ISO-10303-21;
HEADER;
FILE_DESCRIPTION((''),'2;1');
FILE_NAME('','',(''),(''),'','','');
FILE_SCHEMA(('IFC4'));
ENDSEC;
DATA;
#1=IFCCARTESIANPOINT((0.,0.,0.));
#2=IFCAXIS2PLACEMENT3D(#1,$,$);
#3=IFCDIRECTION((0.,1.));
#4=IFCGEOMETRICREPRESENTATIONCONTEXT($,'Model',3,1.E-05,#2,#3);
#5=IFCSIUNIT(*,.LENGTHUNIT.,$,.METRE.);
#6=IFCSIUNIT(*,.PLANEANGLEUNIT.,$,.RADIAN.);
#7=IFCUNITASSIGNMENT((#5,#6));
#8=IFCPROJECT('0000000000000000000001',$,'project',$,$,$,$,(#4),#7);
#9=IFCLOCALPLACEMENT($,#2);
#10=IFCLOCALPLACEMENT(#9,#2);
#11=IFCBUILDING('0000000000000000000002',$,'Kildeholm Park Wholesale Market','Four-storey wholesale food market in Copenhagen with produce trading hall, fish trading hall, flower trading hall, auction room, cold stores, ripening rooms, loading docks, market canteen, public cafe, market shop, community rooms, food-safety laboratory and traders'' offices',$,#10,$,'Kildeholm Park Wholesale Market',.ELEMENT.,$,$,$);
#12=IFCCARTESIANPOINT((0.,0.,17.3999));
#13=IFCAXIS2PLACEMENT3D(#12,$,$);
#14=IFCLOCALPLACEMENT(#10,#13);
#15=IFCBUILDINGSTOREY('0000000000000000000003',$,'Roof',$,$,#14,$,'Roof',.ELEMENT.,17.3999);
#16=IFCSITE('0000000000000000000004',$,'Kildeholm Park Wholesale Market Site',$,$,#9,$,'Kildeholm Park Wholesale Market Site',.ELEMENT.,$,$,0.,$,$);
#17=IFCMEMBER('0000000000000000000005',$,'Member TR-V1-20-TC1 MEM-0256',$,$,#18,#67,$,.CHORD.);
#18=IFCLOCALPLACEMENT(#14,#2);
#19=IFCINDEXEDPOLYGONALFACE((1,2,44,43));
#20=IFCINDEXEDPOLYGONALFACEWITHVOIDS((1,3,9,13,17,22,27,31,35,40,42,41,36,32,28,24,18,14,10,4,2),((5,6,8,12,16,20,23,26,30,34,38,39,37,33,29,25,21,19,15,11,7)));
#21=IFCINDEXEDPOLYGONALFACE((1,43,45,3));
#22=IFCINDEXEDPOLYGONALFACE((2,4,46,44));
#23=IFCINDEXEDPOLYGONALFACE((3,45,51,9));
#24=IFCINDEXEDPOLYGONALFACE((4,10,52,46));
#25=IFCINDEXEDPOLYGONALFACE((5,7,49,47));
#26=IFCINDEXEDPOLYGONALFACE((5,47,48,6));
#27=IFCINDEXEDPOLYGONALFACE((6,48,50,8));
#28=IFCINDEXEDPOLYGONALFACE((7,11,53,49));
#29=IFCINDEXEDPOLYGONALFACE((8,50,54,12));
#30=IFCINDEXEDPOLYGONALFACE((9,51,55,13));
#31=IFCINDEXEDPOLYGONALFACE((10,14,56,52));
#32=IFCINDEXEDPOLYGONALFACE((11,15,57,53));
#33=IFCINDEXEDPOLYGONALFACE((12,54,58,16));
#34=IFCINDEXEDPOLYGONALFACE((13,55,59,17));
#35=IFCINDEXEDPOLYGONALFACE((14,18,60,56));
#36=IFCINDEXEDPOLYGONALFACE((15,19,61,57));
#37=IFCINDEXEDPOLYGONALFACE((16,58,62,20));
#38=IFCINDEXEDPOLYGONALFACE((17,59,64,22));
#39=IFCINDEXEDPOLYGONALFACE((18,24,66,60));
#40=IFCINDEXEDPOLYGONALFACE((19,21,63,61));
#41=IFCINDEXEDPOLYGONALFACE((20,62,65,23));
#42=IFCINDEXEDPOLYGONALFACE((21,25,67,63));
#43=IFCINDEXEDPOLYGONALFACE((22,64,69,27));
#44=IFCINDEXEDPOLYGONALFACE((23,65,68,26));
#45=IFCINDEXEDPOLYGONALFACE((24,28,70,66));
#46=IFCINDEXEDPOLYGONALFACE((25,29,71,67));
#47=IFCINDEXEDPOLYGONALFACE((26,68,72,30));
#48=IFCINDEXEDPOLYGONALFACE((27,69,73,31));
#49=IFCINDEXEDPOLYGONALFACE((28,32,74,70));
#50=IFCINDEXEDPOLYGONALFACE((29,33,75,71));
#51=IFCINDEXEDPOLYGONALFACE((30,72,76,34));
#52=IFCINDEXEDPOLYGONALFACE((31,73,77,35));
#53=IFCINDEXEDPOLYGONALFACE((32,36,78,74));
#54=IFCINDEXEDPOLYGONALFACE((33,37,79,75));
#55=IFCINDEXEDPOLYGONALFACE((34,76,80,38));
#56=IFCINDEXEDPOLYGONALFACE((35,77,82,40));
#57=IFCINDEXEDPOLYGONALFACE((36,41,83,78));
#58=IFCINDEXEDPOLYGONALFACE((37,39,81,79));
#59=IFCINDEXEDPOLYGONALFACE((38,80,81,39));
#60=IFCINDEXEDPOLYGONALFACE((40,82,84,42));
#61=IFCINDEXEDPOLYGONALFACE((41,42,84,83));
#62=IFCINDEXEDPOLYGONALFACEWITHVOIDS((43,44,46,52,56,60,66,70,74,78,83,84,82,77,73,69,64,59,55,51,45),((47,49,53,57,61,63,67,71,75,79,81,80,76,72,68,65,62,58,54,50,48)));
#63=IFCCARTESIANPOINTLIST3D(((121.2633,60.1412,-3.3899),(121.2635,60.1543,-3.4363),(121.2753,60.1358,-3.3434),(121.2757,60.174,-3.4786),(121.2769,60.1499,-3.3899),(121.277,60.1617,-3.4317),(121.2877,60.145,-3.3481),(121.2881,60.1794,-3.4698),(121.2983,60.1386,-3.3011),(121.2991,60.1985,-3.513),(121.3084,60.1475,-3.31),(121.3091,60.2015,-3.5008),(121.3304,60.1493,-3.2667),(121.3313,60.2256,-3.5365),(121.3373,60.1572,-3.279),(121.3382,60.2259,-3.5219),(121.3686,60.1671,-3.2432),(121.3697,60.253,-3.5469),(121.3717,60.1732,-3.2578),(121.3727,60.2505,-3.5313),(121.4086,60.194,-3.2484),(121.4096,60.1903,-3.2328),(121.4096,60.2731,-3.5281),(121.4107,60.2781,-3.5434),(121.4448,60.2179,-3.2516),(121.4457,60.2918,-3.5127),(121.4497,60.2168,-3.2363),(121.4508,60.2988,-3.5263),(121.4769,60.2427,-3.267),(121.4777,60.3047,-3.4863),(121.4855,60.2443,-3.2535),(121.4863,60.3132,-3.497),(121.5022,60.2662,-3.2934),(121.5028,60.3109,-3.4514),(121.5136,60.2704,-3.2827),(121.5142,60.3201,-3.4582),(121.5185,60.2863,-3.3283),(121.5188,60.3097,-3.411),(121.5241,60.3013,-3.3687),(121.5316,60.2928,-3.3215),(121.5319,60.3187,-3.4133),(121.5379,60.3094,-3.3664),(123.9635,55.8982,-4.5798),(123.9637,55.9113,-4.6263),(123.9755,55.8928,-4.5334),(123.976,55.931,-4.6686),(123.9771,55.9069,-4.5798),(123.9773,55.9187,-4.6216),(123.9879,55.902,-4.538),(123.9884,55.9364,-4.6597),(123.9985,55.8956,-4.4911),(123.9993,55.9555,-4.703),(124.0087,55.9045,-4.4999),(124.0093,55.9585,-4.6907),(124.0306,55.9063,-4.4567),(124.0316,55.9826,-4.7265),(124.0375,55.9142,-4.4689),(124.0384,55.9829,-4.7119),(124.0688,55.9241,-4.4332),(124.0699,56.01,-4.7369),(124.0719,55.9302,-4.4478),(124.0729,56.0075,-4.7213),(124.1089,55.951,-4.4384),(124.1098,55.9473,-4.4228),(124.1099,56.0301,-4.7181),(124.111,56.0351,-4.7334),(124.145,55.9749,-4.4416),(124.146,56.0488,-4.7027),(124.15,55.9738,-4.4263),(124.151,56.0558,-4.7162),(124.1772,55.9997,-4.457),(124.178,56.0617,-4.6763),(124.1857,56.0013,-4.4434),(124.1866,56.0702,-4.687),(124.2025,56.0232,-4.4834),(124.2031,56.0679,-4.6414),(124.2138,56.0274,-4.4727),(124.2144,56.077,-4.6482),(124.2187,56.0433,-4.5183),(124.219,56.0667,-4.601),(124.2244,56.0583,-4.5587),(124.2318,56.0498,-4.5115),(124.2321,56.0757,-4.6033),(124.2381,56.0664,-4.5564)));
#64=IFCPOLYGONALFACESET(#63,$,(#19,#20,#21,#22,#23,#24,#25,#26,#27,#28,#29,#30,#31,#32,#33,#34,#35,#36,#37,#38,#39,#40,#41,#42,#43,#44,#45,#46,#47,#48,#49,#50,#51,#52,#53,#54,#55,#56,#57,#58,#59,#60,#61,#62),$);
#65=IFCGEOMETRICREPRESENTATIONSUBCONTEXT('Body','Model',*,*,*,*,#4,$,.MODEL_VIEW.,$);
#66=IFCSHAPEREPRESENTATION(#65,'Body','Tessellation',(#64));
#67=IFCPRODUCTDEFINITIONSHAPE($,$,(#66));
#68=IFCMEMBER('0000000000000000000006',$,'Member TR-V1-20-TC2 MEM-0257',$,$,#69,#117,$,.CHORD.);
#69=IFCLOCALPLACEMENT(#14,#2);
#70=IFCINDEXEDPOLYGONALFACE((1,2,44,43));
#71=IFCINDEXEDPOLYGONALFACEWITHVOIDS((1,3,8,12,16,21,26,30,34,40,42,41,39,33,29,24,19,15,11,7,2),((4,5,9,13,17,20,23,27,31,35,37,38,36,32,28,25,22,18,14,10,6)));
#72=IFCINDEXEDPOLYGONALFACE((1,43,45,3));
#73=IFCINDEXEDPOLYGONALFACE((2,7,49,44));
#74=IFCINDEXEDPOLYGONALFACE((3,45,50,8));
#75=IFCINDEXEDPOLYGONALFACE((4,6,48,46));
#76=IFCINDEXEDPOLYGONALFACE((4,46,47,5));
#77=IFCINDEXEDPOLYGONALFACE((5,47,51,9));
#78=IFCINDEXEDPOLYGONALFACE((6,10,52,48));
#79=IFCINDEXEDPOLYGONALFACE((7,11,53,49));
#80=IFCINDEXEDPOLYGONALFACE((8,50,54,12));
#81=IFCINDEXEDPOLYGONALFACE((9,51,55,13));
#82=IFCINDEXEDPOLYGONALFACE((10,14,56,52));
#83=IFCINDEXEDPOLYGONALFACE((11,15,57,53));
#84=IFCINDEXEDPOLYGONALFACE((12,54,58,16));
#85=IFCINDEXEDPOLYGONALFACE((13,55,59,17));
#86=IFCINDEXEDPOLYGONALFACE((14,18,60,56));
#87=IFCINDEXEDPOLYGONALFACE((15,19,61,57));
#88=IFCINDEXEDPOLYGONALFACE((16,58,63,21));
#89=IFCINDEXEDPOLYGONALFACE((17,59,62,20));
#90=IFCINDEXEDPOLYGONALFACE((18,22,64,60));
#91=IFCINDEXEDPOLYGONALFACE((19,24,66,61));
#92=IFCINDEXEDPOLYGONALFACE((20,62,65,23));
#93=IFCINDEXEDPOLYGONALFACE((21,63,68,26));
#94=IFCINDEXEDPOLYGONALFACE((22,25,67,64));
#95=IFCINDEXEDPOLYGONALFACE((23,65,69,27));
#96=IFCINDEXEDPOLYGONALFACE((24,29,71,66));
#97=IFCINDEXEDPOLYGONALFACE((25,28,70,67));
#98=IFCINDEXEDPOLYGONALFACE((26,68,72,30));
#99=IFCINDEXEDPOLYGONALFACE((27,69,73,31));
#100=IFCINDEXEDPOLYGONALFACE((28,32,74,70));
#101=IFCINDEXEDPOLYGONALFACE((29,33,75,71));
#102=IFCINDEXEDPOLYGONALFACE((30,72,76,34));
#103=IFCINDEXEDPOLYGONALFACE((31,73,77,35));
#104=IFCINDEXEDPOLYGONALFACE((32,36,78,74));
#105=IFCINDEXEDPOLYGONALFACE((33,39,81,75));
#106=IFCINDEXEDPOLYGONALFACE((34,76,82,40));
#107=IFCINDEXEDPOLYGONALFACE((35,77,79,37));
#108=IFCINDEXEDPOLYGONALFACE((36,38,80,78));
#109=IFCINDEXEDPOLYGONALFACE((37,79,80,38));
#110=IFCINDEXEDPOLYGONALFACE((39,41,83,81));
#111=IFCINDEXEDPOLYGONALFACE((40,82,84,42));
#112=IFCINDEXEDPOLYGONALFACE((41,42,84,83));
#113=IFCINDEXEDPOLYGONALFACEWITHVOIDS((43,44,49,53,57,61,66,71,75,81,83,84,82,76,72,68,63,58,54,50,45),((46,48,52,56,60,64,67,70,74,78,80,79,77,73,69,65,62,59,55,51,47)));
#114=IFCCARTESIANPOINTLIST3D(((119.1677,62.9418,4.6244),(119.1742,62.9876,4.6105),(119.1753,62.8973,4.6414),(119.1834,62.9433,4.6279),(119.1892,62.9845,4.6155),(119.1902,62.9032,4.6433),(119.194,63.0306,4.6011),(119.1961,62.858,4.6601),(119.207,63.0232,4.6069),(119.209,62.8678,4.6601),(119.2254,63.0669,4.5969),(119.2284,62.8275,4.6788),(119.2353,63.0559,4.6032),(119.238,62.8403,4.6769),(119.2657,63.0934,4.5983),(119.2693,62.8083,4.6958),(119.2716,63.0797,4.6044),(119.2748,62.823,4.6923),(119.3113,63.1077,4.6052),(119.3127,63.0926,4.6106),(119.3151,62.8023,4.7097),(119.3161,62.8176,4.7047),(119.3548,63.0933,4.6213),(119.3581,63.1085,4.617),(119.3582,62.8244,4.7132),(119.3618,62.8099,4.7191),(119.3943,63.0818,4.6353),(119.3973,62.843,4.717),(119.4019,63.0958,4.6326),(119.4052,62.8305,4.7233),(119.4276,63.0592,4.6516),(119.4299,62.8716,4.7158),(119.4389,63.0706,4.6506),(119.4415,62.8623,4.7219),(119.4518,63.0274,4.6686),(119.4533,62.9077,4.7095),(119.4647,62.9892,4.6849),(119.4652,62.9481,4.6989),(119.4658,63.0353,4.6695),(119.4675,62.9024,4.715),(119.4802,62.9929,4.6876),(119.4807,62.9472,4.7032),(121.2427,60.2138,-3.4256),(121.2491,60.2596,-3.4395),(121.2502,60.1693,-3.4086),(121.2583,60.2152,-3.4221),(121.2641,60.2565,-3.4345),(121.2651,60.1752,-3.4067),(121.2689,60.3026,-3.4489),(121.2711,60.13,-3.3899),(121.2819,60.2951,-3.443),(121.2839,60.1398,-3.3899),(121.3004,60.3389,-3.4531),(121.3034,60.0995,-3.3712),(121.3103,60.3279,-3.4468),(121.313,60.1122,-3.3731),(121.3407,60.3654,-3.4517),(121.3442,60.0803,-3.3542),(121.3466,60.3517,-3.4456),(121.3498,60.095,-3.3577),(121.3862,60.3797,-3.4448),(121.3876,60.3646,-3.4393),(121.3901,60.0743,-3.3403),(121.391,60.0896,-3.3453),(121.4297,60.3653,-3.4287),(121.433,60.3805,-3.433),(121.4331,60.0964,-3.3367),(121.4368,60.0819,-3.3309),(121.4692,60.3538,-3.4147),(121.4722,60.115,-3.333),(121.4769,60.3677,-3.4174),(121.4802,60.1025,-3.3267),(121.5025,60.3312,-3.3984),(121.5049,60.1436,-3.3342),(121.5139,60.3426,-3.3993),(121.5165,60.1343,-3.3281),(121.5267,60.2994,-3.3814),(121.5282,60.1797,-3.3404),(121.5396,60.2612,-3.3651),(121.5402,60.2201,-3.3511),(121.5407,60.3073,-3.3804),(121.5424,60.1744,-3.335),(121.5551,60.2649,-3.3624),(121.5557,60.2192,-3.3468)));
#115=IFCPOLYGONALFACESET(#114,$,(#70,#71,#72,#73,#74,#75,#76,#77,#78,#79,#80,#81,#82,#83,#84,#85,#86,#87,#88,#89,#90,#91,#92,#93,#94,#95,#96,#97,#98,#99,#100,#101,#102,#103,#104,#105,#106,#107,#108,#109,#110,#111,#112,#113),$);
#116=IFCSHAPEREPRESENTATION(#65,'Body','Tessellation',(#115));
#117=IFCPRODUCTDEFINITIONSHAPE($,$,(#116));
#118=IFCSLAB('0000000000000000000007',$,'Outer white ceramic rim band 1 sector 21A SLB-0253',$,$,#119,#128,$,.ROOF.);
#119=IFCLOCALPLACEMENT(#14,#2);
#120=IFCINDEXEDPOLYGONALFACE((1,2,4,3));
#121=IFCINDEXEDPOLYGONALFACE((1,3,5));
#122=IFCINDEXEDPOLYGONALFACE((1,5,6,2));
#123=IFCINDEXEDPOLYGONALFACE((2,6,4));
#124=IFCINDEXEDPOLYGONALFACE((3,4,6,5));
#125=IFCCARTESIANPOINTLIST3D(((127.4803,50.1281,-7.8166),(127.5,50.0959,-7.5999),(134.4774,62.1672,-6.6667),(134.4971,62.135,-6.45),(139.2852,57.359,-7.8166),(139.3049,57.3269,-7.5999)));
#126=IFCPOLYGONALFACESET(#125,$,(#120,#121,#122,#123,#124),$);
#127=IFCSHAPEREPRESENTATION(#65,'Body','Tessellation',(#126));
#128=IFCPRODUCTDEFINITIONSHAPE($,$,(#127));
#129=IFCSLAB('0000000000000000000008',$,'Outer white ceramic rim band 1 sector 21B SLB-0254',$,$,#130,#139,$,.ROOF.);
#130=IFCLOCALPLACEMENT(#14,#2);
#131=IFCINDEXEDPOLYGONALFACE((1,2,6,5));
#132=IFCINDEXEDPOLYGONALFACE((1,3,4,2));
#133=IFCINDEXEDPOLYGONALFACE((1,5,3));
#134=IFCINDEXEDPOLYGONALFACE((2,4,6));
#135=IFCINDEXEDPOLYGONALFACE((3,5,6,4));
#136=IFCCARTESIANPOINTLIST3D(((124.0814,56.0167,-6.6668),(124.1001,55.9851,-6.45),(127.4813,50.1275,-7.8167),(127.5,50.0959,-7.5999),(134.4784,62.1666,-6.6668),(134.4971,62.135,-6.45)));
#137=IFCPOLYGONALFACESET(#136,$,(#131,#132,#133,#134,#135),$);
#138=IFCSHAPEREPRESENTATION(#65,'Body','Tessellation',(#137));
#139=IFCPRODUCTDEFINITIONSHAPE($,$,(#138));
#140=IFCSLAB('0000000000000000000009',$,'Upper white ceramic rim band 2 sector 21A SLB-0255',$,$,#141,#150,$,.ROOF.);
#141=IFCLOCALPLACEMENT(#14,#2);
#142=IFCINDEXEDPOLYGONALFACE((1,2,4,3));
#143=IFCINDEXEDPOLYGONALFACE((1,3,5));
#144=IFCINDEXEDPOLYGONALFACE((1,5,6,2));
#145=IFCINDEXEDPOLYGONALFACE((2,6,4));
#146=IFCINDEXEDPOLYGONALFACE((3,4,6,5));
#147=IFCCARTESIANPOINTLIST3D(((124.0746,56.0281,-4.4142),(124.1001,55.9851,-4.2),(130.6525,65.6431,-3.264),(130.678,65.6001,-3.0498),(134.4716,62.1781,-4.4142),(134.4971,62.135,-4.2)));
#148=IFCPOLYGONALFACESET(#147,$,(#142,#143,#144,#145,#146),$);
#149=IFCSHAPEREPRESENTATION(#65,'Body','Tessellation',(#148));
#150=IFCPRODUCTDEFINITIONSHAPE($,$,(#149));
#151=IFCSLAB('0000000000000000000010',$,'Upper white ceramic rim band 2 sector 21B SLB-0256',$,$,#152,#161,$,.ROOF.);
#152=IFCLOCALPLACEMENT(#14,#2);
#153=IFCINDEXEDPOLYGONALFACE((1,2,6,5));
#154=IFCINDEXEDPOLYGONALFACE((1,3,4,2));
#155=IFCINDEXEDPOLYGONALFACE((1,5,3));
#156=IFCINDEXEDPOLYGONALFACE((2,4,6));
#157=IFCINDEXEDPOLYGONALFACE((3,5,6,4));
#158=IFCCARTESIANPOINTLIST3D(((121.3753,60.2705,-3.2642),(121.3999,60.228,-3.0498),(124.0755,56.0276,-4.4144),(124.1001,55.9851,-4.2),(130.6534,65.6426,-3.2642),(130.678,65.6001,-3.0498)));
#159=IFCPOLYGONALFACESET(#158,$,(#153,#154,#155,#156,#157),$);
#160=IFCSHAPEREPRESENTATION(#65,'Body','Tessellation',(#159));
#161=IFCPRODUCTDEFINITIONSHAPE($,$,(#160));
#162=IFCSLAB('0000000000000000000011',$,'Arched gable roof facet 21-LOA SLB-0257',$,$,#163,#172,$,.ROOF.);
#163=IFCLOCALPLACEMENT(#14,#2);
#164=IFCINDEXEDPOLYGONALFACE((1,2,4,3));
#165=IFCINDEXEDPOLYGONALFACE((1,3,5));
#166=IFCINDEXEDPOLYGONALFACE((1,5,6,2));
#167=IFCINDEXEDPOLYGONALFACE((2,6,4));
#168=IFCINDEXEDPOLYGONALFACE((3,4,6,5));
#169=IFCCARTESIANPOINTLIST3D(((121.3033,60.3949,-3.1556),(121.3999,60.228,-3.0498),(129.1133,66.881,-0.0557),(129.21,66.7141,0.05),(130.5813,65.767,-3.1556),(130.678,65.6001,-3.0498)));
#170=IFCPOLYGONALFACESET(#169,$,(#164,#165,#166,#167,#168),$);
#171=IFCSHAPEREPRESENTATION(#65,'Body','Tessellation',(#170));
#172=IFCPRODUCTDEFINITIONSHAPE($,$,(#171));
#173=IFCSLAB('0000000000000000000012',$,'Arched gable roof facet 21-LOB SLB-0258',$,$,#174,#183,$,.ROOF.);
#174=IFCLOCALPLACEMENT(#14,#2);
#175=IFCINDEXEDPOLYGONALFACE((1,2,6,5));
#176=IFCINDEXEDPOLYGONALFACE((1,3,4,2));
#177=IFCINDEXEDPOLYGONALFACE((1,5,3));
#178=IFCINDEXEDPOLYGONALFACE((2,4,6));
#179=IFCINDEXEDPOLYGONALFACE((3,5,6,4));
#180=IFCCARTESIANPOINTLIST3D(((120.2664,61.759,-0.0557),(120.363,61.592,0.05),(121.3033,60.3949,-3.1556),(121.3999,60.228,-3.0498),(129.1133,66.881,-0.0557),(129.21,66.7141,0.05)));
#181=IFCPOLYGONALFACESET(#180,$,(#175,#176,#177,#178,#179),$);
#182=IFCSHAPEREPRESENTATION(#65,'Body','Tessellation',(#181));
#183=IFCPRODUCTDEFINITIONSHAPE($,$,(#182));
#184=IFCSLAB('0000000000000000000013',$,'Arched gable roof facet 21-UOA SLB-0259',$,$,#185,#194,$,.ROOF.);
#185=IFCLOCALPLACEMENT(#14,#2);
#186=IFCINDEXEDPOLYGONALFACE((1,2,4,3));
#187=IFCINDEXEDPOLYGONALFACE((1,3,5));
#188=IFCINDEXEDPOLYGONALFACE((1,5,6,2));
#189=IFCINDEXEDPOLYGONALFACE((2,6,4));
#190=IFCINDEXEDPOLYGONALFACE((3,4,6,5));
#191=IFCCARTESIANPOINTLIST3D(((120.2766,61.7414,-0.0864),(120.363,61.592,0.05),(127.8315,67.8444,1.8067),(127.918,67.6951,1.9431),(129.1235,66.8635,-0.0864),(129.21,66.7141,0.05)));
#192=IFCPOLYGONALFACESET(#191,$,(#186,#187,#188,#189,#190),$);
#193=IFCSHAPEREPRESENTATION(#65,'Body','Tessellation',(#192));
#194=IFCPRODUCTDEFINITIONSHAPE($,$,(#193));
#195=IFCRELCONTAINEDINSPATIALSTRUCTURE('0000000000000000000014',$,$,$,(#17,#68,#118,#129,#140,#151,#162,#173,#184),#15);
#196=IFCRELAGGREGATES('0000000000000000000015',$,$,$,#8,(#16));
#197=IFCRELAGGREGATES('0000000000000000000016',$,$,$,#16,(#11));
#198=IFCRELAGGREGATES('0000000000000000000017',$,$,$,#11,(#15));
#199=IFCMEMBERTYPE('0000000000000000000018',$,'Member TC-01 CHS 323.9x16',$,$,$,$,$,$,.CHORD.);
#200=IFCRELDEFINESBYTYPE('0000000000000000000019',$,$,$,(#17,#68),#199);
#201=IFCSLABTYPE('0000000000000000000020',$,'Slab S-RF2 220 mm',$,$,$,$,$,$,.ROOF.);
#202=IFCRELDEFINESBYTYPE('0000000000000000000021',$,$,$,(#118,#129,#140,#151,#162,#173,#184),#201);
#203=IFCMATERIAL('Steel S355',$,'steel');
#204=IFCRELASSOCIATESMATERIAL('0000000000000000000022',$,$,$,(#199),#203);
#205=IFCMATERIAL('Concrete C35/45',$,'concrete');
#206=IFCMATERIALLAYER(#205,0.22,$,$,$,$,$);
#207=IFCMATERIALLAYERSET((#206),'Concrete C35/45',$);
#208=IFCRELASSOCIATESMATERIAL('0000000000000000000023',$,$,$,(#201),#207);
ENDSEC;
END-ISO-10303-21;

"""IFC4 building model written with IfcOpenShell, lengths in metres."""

from ifc_helpers import new_model, si_unit, direction, frame, origin, origin_2d, place, context, subcontext, project, spatial, polyline, hollow_circle, outline, extrude, material, layer, layer_set, material_profile, profile_set, type_object, element, save


model = new_model("IFC4")

# Units and contexts
model_context = context("Model", 3, precision=1e-05, world=origin(), true_north=direction((0.0, 1.0)))
body_context = subcontext(model_context, "Body", "Model", "MODEL_VIEW")
ifc_project = project(units=[si_unit("LENGTHUNIT", "METRE"), si_unit("PLANEANGLEUNIT", "RADIAN")], contexts=[model_context])

# Site, building, storey
site_placement = place(None, origin())
site = spatial("IfcSite", under=ifc_project, at=site_placement, Name="Kildeholm Park Wholesale Market Site", LongName="Kildeholm Park Wholesale Market Site", CompositionType="ELEMENT", RefElevation=0.0)
building_placement = place(site_placement, origin())
building = spatial("IfcBuilding", under=site, at=building_placement, Name="Kildeholm Park Wholesale Market", Description="Four-storey wholesale food market in Copenhagen with produce trading hall, fish trading hall, flower trading hall, auction room, cold stores, ripening rooms, loading docks, market canteen, public cafe, market shop, community rooms, food-safety laboratory and traders' offices", LongName="Kildeholm Park Wholesale Market", CompositionType="ELEMENT")
storey_placement = place(building_placement, frame((0.0, 0.0, 17.3999)))
storey = spatial("IfcBuildingStorey", under=building, at=storey_placement, Name="Roof", LongName="Roof", CompositionType="ELEMENT", Elevation=17.3999)

# Shared definitions
ifc_material_1 = material(Name="Steel S355", Category="steel")

# Members
ifc_material_profile_1 = material_profile(ifc_material_1, hollow_circle(Radius=0.1619, WallThickness=0.0161, at=origin_2d()), Name="CHS 323.9x16")
ifc_profile_set_1 = profile_set([ifc_material_profile_1], Name="Steel S355")
member_type_1 = type_object("IfcMemberType", Name="Member TC-01 CHS 323.9x16", PredefinedType="CHORD", material=ifc_profile_set_1)
member_1_placement = place(storey_placement, frame((124.1001, 55.9851, -4.5798), z_axis=(-0.522472, 0.820981, 0.230247), x_axis=(-0.843647, -0.536897, 0.0)))
element("IfcMember", 1, at=member_1_placement, inside=storey, type_object=member_type_1, Name="Member TR-V1-20-TC1 MEM-0256", PredefinedType="CHORD", context=body_context, shape_type="SweptSolid", body=[
    extrude(hollow_circle(Radius=0.1619, WallThickness=0.0161, at=origin_2d()), origin(), (0.0, 0.0, 1.0), 5.1682),
])
member_2_placement = place(storey_placement, frame((121.3999, 60.228, -3.3899), z_axis=(-0.237155, 0.311798, 0.920076), x_axis=(-0.79593, -0.605388, 0.0)))
element("IfcMember", 2, at=member_2_placement, inside=storey, type_object=member_type_1, Name="Member TR-V1-20-TC2 MEM-0257", PredefinedType="CHORD", context=body_context, shape_type="SweptSolid", body=[
    extrude(hollow_circle(Radius=0.1619, WallThickness=0.0161, at=origin_2d()), origin(), (0.0, 0.0, 1.0), 8.7493),
])

# Slabs
ifc_material_2 = material(Name="Concrete C35/45", Category="concrete")
ifc_layer_1 = layer(ifc_material_2, 0.22)
ifc_layer_set_1 = layer_set([ifc_layer_1], Name="Concrete C35/45")
slab_type = type_object("IfcSlabType", Name="Slab S-RF2 220 mm", PredefinedType="ROOF", material=ifc_layer_set_1)
slab_1_placement = place(storey_placement, frame((127.5, 50.0959, -7.5999), z_axis=(0.089505, -0.146122, 0.985209), x_axis=(0.85274, 0.522335, 0.0)))
element("IfcSlab", 3, at=slab_1_placement, inside=storey, type_object=slab_type, Name="Outer white ceramic rim band 1 sector 21A SLB-0253", PredefinedType="ROOF", context=body_context, shape_type="SweptSolid", body=[
    extrude(outline(polyline([(0.0, 0.0), (13.8435, 0.0), (12.2551, 6.7106), (0.0, 0.0)])), origin(), (0.0, 0.0, -1.0), 0.22),
])
slab_2_placement = place(storey_placement, frame((127.5, 50.0959, -7.5999), z_axis=(0.084891, -0.143515, 0.986), x_axis=(0.500788, 0.861649, 0.0823)))
element("IfcSlab", 4, at=slab_2_placement, inside=storey, type_object=slab_type, Name="Outer white ceramic rim band 1 sector 21B SLB-0254", PredefinedType="ROOF", context=body_context, shape_type="SweptSolid", body=[
    extrude(outline(polyline([(0.0, 0.0), (13.9721, 0.0), (3.4664, 5.9622), (0.0, 0.0)])), origin(), (0.0, 0.0, -1.0), 0.22),
])
slab_3_placement = place(storey_placement, frame((124.1001, 55.9851, -4.2), z_axis=(0.11574, -0.195669, 0.973816), x_axis=(0.8607, 0.509112, 0.0)))
element("IfcSlab", 5, at=slab_3_placement, inside=storey, type_object=slab_type, Name="Upper white ceramic rim band 2 sector 21A SLB-0255", PredefinedType="ROOF", context=body_context, shape_type="SweptSolid", body=[
    extrude(outline(polyline([(0.0, 0.0), (12.0797, 0.0), (10.5567, 5.0592), (0.0, 0.0)])), origin(), (0.0, 0.0, -1.0), 0.22),
])
slab_4_placement = place(storey_placement, frame((124.1001, 55.9851, -4.2), z_axis=(0.111801, -0.193091, 0.974791), x_axis=(0.561906, 0.821346, 0.09825)))
element("IfcSlab", 6, at=slab_4_placement, inside=storey, type_object=slab_type, Name="Upper white ceramic rim band 2 sector 21B SLB-0256", PredefinedType="ROOF", context=body_context, shape_type="SweptSolid", body=[
    extrude(outline(polyline([(0.0, 0.0), (11.7064, 0.0), (2.0807, 4.7209), (0.0, 0.0)])), origin(), (0.0, 0.0, -1.0), 0.22),
])
slab_5_placement = place(storey_placement, frame((121.3999, 60.228, -3.0498), z_axis=(0.439364, -0.758824, 0.480776), x_axis=(0.865404, 0.501075, 0.0)))
element("IfcSlab", 7, at=slab_5_placement, inside=storey, type_object=slab_type, Name="Arched gable roof facet 21-LOA SLB-0257", PredefinedType="ROOF", context=body_context, shape_type="SweptSolid", body=[
    extrude(outline(polyline([(0.0, 0.0), (10.7211, 0.0), (10.0089, 3.5352), (0.0, 0.0)])), origin(), (0.0, 0.0, -1.0), 0.22),
])
slab_6_placement = place(storey_placement, frame((121.3999, 60.228, -3.0498), z_axis=(0.439323, -0.758806, 0.480842), x_axis=(0.735766, 0.611038, 0.292029)))
element("IfcSlab", 8, at=slab_6_placement, inside=storey, type_object=slab_type, Name="Arched gable roof facet 21-LOB SLB-0258", PredefinedType="ROOF", context=body_context, shape_type="SweptSolid", body=[
    extrude(outline(polyline([(0.0, 0.0), (10.6149, 0.0), (0.9758, 3.4048), (0.0, 0.0)])), origin(), (0.0, 0.0, -1.0), 0.22),
])
slab_7_placement = place(storey_placement, frame((120.363, 61.592, 0.05), z_axis=(0.393086, -0.678945, 0.620094), x_axis=(0.865419, 0.501049, 0.0)))
element("IfcSlab", 9, at=slab_7_placement, inside=storey, type_object=slab_type, Name="Arched gable roof facet 21-UOA SLB-0259", PredefinedType="ROOF", context=body_context, shape_type="SweptSolid", body=[
    extrude(outline(polyline([(0.0, 0.0), (10.2227, 0.0), (9.5961, 2.413), (0.0, 0.0)])), origin(), (0.0, 0.0, -1.0), 0.22),
])

save(model, "model.ifc")
